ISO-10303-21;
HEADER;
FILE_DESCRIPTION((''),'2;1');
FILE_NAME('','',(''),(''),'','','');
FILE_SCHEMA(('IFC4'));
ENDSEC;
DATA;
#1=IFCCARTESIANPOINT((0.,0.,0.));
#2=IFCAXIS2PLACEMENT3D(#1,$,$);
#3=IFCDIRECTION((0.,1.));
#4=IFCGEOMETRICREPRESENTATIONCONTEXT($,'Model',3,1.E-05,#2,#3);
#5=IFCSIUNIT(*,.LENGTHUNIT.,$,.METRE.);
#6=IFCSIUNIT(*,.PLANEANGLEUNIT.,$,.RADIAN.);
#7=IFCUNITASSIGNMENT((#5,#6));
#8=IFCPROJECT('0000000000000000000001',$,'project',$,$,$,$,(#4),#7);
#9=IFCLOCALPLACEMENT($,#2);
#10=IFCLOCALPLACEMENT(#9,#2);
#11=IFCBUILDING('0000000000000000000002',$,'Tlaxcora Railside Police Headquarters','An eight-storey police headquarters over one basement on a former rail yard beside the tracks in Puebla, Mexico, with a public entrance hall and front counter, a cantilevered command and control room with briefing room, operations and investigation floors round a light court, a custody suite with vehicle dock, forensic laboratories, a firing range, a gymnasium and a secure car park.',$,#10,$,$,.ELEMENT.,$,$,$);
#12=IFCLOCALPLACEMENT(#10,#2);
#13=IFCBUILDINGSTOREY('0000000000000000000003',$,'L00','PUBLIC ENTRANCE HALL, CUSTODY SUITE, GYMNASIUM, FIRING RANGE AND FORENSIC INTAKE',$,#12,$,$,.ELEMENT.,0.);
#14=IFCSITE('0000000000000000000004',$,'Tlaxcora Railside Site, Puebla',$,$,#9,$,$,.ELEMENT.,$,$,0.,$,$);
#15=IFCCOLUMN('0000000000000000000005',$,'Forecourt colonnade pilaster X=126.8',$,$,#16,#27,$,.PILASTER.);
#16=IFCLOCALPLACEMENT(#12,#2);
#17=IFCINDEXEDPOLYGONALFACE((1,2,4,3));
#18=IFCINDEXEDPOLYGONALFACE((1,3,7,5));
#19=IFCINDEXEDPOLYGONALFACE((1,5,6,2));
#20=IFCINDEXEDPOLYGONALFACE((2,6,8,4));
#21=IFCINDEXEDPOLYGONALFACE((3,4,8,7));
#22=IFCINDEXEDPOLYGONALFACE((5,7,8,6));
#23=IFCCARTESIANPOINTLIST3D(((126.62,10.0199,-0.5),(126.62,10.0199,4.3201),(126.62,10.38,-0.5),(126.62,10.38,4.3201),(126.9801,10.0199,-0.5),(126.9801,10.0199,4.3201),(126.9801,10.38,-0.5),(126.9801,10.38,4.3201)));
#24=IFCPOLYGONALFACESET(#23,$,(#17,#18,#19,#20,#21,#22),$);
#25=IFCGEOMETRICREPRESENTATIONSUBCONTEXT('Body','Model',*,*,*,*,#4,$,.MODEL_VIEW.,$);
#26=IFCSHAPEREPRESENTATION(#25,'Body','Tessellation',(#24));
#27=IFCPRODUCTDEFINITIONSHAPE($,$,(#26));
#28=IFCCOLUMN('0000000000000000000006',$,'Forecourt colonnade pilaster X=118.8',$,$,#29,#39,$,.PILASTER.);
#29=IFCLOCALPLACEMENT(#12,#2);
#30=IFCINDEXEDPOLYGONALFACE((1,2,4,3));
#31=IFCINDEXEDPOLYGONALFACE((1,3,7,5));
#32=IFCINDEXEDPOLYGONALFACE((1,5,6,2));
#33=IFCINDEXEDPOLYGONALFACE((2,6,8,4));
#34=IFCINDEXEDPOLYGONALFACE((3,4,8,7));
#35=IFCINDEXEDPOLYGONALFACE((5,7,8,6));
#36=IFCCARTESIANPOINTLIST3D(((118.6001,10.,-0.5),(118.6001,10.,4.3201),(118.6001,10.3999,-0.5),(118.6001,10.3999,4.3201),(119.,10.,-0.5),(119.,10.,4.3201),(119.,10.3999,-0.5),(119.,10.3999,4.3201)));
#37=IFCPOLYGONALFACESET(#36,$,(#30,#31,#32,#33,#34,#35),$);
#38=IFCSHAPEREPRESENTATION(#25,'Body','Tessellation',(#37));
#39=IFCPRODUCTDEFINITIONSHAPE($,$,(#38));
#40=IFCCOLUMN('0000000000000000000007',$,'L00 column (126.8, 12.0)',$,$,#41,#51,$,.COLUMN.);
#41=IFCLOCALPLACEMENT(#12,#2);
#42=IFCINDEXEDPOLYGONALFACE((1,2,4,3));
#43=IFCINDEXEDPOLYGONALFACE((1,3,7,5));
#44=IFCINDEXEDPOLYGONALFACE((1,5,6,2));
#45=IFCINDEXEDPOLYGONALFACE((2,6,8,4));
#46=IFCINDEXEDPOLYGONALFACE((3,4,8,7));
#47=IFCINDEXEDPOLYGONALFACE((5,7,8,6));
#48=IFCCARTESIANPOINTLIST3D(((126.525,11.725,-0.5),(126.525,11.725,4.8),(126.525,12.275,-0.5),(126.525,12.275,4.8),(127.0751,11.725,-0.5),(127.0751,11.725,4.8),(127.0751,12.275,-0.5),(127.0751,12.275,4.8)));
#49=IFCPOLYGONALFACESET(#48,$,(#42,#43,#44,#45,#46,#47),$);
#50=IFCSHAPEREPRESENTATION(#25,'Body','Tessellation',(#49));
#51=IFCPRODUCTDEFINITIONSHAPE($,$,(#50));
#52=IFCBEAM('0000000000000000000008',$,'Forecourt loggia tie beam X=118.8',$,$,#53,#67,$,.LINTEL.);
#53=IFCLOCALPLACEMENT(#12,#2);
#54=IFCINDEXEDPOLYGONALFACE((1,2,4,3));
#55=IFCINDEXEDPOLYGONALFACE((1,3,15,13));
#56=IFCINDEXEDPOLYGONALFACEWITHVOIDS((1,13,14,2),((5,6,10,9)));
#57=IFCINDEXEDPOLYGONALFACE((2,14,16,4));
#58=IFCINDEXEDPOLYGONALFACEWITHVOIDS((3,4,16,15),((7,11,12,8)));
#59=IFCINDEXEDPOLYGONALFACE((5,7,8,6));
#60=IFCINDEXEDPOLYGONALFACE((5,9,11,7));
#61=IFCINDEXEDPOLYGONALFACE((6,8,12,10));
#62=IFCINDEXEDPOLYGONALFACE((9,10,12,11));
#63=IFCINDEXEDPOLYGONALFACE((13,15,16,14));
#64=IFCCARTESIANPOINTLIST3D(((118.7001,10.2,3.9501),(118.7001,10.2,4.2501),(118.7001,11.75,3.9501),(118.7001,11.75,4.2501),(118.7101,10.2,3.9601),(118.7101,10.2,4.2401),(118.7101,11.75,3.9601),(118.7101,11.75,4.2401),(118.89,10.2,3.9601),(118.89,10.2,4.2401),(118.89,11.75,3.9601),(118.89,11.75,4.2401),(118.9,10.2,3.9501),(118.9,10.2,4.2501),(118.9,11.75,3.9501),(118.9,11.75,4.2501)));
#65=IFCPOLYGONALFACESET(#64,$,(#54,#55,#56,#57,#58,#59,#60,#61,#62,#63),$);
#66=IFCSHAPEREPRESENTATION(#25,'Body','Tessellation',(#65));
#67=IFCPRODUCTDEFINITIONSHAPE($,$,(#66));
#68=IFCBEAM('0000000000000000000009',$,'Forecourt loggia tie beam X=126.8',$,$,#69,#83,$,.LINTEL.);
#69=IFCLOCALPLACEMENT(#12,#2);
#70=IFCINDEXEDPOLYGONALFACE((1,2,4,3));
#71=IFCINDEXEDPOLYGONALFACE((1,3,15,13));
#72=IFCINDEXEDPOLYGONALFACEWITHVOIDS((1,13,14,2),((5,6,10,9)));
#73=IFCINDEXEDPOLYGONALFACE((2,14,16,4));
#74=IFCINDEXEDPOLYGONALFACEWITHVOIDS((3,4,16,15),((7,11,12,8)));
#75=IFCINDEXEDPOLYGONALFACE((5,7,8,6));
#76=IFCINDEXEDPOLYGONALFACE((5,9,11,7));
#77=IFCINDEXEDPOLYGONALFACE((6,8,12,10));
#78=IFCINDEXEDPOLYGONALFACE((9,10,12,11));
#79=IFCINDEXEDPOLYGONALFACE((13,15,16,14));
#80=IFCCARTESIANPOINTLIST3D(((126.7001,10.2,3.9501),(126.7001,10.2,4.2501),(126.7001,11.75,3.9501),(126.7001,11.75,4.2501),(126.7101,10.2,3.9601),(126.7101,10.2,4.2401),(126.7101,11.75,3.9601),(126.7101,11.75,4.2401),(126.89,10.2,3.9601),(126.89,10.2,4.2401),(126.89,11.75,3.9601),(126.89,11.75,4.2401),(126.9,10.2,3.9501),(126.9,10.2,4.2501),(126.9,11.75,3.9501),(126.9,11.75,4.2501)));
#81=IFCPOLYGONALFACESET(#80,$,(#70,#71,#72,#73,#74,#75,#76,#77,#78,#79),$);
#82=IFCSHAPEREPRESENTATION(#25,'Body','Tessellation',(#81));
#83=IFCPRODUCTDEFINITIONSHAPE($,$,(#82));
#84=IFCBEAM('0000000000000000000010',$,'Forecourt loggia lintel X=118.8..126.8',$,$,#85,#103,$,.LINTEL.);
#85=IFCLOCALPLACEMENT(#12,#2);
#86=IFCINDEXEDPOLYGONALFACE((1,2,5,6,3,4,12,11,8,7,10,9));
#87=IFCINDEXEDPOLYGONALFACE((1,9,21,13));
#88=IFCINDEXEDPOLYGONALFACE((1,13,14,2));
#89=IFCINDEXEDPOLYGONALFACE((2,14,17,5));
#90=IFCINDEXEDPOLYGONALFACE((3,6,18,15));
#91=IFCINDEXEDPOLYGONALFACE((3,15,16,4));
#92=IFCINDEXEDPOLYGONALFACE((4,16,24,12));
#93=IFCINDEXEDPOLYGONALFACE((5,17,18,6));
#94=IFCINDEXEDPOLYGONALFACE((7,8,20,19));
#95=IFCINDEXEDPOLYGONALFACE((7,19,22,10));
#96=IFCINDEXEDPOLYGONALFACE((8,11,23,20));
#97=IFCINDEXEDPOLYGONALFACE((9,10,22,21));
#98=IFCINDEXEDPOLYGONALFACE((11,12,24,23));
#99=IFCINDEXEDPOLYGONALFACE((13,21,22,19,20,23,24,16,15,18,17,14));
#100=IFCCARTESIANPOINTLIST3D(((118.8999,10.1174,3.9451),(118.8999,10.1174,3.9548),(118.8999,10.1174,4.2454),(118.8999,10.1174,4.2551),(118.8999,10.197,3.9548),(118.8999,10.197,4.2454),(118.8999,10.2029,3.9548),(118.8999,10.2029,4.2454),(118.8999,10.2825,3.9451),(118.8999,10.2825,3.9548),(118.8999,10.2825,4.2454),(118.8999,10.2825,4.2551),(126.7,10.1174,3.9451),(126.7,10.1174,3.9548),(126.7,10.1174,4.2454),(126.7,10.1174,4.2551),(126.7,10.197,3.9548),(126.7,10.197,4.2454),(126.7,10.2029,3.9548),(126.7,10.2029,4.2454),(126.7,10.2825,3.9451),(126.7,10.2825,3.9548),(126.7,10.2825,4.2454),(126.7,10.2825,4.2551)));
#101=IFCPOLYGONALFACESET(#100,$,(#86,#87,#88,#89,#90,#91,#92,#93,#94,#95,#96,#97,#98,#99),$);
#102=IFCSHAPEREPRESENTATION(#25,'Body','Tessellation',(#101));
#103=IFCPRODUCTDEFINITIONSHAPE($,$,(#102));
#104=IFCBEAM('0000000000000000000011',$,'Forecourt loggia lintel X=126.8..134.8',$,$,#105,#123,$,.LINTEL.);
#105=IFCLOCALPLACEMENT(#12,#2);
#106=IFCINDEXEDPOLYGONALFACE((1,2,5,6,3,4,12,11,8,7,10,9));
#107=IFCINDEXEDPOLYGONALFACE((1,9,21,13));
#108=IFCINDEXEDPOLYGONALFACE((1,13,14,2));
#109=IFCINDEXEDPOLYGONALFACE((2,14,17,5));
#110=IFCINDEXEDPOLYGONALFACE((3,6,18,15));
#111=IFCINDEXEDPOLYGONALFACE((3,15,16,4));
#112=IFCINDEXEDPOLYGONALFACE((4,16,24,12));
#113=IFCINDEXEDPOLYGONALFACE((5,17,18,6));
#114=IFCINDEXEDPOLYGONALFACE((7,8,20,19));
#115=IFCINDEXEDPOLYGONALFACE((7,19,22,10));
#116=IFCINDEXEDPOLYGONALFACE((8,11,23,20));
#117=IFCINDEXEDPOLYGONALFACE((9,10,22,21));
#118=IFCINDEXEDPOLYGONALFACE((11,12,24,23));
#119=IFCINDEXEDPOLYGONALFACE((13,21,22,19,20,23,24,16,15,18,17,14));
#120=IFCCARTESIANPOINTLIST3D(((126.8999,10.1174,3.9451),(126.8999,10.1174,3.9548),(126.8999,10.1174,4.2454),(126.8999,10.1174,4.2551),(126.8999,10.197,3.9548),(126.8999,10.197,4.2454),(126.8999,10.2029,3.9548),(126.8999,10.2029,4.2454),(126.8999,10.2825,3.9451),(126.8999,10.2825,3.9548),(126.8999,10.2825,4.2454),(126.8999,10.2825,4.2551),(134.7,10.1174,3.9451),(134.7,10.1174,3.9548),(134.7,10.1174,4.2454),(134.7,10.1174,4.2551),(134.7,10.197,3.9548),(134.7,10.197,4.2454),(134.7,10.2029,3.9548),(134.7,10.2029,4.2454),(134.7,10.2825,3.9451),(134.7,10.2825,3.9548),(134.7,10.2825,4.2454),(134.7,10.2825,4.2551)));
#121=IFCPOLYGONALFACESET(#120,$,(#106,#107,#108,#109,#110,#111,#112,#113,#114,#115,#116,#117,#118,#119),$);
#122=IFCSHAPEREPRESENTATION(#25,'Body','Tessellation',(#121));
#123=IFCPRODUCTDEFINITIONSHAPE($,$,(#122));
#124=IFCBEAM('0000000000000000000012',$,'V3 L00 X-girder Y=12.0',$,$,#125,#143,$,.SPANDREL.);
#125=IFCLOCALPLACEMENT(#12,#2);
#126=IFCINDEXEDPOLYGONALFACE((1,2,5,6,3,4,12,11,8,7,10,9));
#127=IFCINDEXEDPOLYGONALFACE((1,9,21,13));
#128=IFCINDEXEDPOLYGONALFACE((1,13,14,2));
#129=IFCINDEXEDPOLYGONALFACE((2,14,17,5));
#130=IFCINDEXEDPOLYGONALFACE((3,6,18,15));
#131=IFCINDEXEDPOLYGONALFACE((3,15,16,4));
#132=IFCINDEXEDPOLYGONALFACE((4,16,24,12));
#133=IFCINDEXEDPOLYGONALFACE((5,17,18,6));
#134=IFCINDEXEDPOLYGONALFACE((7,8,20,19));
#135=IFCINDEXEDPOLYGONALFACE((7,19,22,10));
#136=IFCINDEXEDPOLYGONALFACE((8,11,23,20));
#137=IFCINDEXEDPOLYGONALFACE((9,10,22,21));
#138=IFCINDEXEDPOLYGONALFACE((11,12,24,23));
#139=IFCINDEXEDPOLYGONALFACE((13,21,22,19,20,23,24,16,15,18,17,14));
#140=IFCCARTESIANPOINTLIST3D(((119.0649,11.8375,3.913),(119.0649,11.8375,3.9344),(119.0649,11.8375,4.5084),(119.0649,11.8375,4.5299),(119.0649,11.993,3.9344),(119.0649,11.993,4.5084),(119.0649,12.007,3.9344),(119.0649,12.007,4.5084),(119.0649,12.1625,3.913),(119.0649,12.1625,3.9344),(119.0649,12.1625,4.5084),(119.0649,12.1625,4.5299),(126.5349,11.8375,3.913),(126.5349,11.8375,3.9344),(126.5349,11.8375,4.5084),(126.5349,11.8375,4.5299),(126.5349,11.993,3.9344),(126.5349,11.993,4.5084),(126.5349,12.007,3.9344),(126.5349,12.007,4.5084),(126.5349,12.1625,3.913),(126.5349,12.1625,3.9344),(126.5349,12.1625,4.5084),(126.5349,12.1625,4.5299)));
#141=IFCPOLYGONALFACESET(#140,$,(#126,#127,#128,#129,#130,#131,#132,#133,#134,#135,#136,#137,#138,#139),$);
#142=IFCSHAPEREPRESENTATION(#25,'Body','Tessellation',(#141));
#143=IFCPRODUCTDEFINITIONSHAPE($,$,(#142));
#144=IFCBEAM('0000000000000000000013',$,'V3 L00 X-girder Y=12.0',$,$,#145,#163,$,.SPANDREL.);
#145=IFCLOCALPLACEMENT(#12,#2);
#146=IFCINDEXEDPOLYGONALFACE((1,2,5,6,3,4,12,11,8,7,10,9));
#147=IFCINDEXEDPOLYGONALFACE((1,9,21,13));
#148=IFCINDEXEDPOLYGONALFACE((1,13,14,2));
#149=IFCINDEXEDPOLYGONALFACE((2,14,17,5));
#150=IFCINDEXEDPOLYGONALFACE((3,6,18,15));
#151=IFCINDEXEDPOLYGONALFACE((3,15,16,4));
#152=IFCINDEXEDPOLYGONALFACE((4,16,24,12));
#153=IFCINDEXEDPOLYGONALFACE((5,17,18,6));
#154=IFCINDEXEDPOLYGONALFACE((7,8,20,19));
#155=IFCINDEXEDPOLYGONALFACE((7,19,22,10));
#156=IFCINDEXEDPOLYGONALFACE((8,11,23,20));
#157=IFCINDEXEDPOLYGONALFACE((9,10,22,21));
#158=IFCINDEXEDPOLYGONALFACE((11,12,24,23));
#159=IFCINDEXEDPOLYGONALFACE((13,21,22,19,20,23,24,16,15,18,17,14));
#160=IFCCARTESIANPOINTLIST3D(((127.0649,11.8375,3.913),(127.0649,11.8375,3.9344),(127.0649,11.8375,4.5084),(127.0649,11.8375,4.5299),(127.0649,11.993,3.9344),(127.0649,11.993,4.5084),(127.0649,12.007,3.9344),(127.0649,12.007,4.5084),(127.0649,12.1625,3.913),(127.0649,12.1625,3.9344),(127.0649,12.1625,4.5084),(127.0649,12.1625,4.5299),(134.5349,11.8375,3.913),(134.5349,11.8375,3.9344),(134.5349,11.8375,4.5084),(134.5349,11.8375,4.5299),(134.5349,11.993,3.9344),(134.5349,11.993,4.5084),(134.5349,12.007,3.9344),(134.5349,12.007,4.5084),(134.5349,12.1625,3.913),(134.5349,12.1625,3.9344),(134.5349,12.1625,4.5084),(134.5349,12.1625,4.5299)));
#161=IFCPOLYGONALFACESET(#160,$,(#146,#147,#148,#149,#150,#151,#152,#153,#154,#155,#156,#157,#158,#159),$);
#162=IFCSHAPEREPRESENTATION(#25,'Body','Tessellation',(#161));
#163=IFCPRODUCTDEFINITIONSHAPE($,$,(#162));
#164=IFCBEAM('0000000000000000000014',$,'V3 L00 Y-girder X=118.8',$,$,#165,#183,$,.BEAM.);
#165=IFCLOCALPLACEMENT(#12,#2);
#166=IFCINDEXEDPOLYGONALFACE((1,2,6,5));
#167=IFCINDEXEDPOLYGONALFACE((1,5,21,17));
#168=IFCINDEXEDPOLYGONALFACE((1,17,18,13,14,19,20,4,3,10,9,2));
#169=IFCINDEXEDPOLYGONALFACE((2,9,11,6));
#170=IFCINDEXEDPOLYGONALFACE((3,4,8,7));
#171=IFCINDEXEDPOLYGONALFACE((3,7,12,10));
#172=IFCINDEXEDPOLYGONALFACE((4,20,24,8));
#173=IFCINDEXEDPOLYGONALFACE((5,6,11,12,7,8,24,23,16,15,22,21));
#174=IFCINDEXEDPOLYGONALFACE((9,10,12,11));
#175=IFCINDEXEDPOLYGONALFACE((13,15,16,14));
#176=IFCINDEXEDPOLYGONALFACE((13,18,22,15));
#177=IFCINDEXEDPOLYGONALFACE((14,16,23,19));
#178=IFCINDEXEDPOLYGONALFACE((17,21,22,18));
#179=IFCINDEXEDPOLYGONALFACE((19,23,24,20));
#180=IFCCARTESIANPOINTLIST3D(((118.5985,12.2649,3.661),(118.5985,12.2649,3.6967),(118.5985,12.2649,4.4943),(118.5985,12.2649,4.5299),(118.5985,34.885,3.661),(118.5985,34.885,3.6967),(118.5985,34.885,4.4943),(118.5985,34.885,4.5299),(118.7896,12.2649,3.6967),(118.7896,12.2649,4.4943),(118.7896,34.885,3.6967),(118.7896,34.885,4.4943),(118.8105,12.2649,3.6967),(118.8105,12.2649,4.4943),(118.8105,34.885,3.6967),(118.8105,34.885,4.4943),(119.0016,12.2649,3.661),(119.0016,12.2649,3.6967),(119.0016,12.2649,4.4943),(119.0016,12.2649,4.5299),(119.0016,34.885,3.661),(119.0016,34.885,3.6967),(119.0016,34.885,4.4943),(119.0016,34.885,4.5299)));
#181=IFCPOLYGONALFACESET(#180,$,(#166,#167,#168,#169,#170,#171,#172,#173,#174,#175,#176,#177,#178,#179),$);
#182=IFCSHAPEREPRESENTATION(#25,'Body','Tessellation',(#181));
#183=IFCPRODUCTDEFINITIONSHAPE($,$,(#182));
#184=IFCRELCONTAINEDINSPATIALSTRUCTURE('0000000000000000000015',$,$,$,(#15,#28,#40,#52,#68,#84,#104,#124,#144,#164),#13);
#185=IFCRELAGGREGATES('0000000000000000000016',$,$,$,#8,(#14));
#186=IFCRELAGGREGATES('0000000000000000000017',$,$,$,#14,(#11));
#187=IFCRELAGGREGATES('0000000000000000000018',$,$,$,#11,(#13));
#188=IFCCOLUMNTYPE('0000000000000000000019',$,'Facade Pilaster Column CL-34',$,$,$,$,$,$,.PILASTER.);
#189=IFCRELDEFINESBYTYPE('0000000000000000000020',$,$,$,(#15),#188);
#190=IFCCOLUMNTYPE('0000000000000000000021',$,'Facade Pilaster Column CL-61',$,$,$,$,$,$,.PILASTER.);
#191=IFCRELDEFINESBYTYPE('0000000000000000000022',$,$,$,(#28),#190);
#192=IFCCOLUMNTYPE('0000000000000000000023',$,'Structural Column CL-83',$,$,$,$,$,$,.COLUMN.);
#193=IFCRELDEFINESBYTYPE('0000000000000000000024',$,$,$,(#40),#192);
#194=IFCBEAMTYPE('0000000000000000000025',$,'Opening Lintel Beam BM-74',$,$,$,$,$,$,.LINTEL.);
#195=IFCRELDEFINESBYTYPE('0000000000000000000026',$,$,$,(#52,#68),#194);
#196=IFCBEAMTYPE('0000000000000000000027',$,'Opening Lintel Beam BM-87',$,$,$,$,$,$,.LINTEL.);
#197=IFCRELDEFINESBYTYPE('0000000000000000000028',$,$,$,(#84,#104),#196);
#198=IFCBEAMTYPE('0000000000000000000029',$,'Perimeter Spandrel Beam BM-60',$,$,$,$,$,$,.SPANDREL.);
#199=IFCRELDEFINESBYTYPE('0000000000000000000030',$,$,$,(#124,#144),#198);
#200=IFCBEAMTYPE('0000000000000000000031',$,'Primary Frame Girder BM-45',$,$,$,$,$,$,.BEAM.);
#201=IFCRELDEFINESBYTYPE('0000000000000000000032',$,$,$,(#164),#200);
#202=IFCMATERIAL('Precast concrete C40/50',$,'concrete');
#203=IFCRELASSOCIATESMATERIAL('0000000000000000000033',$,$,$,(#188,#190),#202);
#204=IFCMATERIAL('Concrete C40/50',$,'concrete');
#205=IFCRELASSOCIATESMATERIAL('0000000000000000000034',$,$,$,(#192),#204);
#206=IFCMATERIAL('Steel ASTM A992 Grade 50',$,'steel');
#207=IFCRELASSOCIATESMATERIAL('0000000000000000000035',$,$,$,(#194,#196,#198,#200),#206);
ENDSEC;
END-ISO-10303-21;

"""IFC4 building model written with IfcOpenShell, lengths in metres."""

from ifc_helpers import new_model, si_unit, direction, frame, origin, origin_2d, place, context, subcontext, project, spatial, rectangle, hollow_rectangle, i_section, extrude, material, material_profile, profile_set, type_object, element, save


model = new_model("IFC4")

# Units and contexts
model_context = context("Model", 3, precision=1e-05, world=origin(), true_north=direction((0.0, 1.0)))
body_context = subcontext(model_context, "Body", "Model", "MODEL_VIEW")
ifc_project = project(units=[si_unit("LENGTHUNIT", "METRE"), si_unit("PLANEANGLEUNIT", "RADIAN")], contexts=[model_context])

# Site, building, storey
site_placement = place(None, origin())
site = spatial("IfcSite", under=ifc_project, at=site_placement, Name="Tlaxcora Railside Site, Puebla", CompositionType="ELEMENT", RefElevation=0.0)
building_placement = place(site_placement, origin())
building = spatial("IfcBuilding", under=site, at=building_placement, Name="Tlaxcora Railside Police Headquarters", Description="An eight-storey police headquarters over one basement on a former rail yard beside the tracks in Puebla, Mexico, with a public entrance hall and front counter, a cantilevered command and control room with briefing room, operations and investigation floors round a light court, a custody suite with vehicle dock, forensic laboratories, a firing range, a gymnasium and a secure car park.", CompositionType="ELEMENT")
storey_placement = place(building_placement, origin())
storey = spatial("IfcBuildingStorey", under=building, at=storey_placement, Name="L00", Description="PUBLIC ENTRANCE HALL, CUSTODY SUITE, GYMNASIUM, FIRING RANGE AND FORENSIC INTAKE", CompositionType="ELEMENT", Elevation=0.0)

# Shared definitions
ifc_material_1 = material(Name="Concrete C40/50", Category="concrete")

# Columns
ifc_material_2 = material(Name="Steel ASTM A992 Grade 50", Category="steel")
ifc_material_3 = material(Name="Precast concrete C40/50", Category="concrete")
ifc_material_profile_1 = material_profile(ifc_material_3, rectangle(XDim=0.3601, YDim=0.3601, at=origin_2d()), Name="RC360X360")
ifc_profile_set_1 = profile_set([ifc_material_profile_1], Name="Precast concrete C40/50")
column_type_1 = type_object("IfcColumnType", Name="Facade Pilaster Column CL-34", PredefinedType="PILASTER", material=ifc_profile_set_1)
column_1_placement = place(storey_placement, frame((126.8, 10.2, -0.5), z_axis=(0.0, 0.0, 1.0), x_axis=(1.0, 0.0, 0.0)))
element("IfcColumn", 1, at=column_1_placement, inside=storey, type_object=column_type_1, Name="Forecourt colonnade pilaster X=126.8", PredefinedType="PILASTER", context=body_context, shape_type="SweptSolid", body=[
    extrude(rectangle(XDim=0.3601, YDim=0.3601, at=origin_2d()), origin(), (0.0, 0.0, 1.0), 4.8201),
])
ifc_material_profile_2 = material_profile(ifc_material_3, rectangle(XDim=0.3999, YDim=0.3999, at=origin_2d()), Name="RC400X400")
ifc_profile_set_2 = profile_set([ifc_material_profile_2], Name="Precast concrete C40/50")
column_type_2 = type_object("IfcColumnType", Name="Facade Pilaster Column CL-61", PredefinedType="PILASTER", material=ifc_profile_set_2)
column_2_placement = place(storey_placement, frame((118.8, 10.2, -0.5), z_axis=(0.0, 0.0, 1.0), x_axis=(1.0, 0.0, 0.0)))
element("IfcColumn", 2, at=column_2_placement, inside=storey, type_object=column_type_2, Name="Forecourt colonnade pilaster X=118.8", PredefinedType="PILASTER", context=body_context, shape_type="SweptSolid", body=[
    extrude(rectangle(XDim=0.3999, YDim=0.3999, at=origin_2d()), origin(), (0.0, 0.0, 1.0), 4.8201),
])
ifc_material_profile_3 = material_profile(ifc_material_1, rectangle(XDim=0.55, YDim=0.55, at=origin_2d()), Name="RC550X550")
ifc_profile_set_3 = profile_set([ifc_material_profile_3], Name="Concrete C40/50")
column_type_3 = type_object("IfcColumnType", Name="Structural Column CL-83", PredefinedType="COLUMN", material=ifc_profile_set_3)
column_3_placement = place(storey_placement, frame((126.8, 12.0, -0.5), z_axis=(0.0, 0.0, 1.0), x_axis=(1.0, 0.0, 0.0)))
element("IfcColumn", 3, at=column_3_placement, inside=storey, type_object=column_type_3, Name="L00 column (126.8, 12.0)", PredefinedType="COLUMN", context=body_context, shape_type="SweptSolid", body=[
    extrude(rectangle(XDim=0.55, YDim=0.55, at=origin_2d()), origin(), (0.0, 0.0, 1.0), 5.3),
])

# Beams
ifc_material_profile_4 = material_profile(ifc_material_2, hollow_rectangle(XDim=0.2, YDim=0.3, WallThickness=0.01, at=origin_2d()), Name="HSS300X200X10")
ifc_profile_set_4 = profile_set([ifc_material_profile_4], Name="Steel ASTM A992 Grade 50")
beam_type_1 = type_object("IfcBeamType", Name="Opening Lintel Beam BM-74", PredefinedType="LINTEL", material=ifc_profile_set_4)
for number, where, z_axis, x_axis, name in (
    (4, (118.8, 10.2, 4.1001), (0.0, 1.0, 0.0), (-1.0, 0.0, 0.0), "Forecourt loggia tie beam X=118.8"),
    (5, (126.8, 10.2, 4.1001), (0.0, 1.0, 0.0), (-1.0, 0.0, 0.0), "Forecourt loggia tie beam X=126.8"),
):
    element("IfcBeam", number, at=place(storey_placement, frame(where, z_axis=z_axis, x_axis=x_axis)), inside=storey, type_object=beam_type_1, Name=name, PredefinedType="LINTEL", context=body_context, shape_type="SweptSolid", body=[
        extrude(hollow_rectangle(XDim=0.2, YDim=0.3, WallThickness=0.01, at=origin_2d()), origin(), (0.0, 0.0, 1.0), 1.55),
    ])
ifc_material_profile_5 = material_profile(ifc_material_2, i_section(OverallWidth=0.165, OverallDepth=0.3101, WebThickness=0.0059, FlangeThickness=0.0098, at=origin_2d()), Name="W12X26")
ifc_profile_set_5 = profile_set([ifc_material_profile_5], Name="Steel ASTM A992 Grade 50")
beam_type_2 = type_object("IfcBeamType", Name="Opening Lintel Beam BM-87", PredefinedType="LINTEL", material=ifc_profile_set_5)
for number, where, z_axis, x_axis, name in (
    (6, (118.8999, 10.2, 4.1001), (1.0, 0.0, 0.0), (0.0, 1.0, 0.0), "Forecourt loggia lintel X=118.8..126.8"),
    (7, (126.8999, 10.2, 4.1001), (1.0, 0.0, 0.0), (0.0, 1.0, 0.0), "Forecourt loggia lintel X=126.8..134.8"),
):
    element("IfcBeam", number, at=place(storey_placement, frame(where, z_axis=z_axis, x_axis=x_axis)), inside=storey, type_object=beam_type_2, Name=name, PredefinedType="LINTEL", context=body_context, shape_type="SweptSolid", body=[
        extrude(i_section(OverallWidth=0.165, OverallDepth=0.3101, WebThickness=0.0059, FlangeThickness=0.0098, at=origin_2d()), origin(), (0.0, 0.0, 1.0), 7.8),
    ])
ifc_material_profile_6 = material_profile(ifc_material_2, i_section(OverallWidth=0.325, OverallDepth=0.6169, WebThickness=0.0139, FlangeThickness=0.0215, at=origin_2d()), Name="W24X117")
ifc_profile_set_6 = profile_set([ifc_material_profile_6], Name="Steel ASTM A992 Grade 50")
beam_type_3 = type_object("IfcBeamType", Name="Perimeter Spandrel Beam BM-60", PredefinedType="SPANDREL", material=ifc_profile_set_6)
for number, where, z_axis, x_axis, name in (
    (8, (119.0649, 12.0, 4.2214), (1.0, 0.0, 0.0), (0.0, 1.0, 0.0), "V3 L00 X-girder Y=12.0"),
    (9, (127.0649, 12.0, 4.2214), (1.0, 0.0, 0.0), (0.0, 1.0, 0.0), "V3 L00 X-girder Y=12.0"),
):
    element("IfcBeam", number, at=place(storey_placement, frame(where, z_axis=z_axis, x_axis=x_axis)), inside=storey, type_object=beam_type_3, Name=name, PredefinedType="SPANDREL", context=body_context, shape_type="SweptSolid", body=[
        extrude(i_section(OverallWidth=0.325, OverallDepth=0.6169, WebThickness=0.0139, FlangeThickness=0.0215, at=origin_2d()), origin(), (0.0, 0.0, 1.0), 7.47),
    ])
ifc_material_profile_7 = material_profile(ifc_material_2, i_section(OverallWidth=0.4031, OverallDepth=0.8689, WebThickness=0.021, FlangeThickness=0.0356, at=origin_2d()), Name="W33X241")
ifc_profile_set_7 = profile_set([ifc_material_profile_7], Name="Steel ASTM A992 Grade 50")
beam_type_4 = type_object("IfcBeamType", Name="Primary Frame Girder BM-45", PredefinedType="BEAM", material=ifc_profile_set_7)
for number, where, z_axis, x_axis, name in (
    (10, (118.8, 12.2649, 4.0955), (0.0, 1.0, 0.0), (-1.0, 0.0, 0.0), "V3 L00 Y-girder X=118.8"),
):
    element("IfcBeam", number, at=place(storey_placement, frame(where, z_axis=z_axis, x_axis=x_axis)), inside=storey, type_object=beam_type_4, Name=name, PredefinedType="BEAM", context=body_context, shape_type="SweptSolid", body=[
        extrude(i_section(OverallWidth=0.4031, OverallDepth=0.8689, WebThickness=0.021, FlangeThickness=0.0356, at=origin_2d()), origin(), (0.0, 0.0, 1.0), 22.6201),
    ])

save(model, "model.ifc")
